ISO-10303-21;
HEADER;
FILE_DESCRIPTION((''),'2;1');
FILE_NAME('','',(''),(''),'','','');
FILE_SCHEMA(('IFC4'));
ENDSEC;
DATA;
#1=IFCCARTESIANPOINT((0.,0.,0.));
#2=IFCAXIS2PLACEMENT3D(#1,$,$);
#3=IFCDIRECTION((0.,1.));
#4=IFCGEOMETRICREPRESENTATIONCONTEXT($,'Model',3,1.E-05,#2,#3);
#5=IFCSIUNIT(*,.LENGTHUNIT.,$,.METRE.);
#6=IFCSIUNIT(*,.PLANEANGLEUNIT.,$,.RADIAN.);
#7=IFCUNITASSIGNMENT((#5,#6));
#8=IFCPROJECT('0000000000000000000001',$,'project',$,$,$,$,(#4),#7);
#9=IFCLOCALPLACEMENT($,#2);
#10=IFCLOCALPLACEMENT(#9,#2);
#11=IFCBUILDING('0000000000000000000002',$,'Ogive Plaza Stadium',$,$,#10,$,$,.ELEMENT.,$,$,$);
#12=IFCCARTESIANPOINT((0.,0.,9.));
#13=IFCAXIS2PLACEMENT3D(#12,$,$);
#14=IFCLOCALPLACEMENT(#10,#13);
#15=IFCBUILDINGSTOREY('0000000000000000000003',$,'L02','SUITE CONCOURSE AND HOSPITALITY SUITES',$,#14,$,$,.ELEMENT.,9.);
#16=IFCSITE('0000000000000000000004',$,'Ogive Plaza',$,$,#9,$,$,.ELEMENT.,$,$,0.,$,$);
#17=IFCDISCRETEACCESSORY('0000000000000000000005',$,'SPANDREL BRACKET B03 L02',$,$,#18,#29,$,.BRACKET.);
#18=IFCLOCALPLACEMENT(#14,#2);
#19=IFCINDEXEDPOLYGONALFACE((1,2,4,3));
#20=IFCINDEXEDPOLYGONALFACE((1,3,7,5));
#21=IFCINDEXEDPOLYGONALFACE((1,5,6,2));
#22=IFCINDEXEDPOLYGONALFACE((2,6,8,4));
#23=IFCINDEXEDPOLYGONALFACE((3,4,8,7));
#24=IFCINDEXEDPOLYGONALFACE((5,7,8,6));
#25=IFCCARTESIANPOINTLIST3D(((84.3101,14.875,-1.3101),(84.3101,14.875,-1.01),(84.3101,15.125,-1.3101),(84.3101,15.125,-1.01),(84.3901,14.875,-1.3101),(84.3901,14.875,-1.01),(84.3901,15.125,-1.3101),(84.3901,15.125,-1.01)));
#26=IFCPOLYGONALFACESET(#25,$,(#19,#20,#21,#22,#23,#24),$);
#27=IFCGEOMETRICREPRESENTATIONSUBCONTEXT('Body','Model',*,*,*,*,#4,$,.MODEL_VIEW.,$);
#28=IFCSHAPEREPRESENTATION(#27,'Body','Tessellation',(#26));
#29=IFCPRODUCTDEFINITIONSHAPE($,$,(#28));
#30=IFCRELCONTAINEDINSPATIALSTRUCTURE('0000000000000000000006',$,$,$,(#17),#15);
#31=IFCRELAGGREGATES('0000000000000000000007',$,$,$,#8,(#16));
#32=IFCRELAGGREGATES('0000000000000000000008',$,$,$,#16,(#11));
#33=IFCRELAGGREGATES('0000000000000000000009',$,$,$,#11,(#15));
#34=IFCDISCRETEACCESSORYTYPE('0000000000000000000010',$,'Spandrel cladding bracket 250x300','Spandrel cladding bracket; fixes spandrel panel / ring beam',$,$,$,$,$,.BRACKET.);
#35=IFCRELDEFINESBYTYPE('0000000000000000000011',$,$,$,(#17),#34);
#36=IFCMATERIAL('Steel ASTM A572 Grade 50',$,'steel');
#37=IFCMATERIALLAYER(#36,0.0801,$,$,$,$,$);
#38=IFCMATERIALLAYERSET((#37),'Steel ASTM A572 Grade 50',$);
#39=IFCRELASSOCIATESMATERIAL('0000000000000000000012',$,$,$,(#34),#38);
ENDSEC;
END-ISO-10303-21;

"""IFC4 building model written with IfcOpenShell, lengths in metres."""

from ifc_helpers import new_model, si_unit, direction, frame, origin, origin_2d, place, context, subcontext, project, spatial, rectangle, extrude, material, layer, layer_set, type_object, element, save


model = new_model("IFC4")

# Units and contexts
model_context = context("Model", 3, precision=1e-05, world=origin(), true_north=direction((0.0, 1.0)))
body_context = subcontext(model_context, "Body", "Model", "MODEL_VIEW")
ifc_project = project(units=[si_unit("LENGTHUNIT", "METRE"), si_unit("PLANEANGLEUNIT", "RADIAN")], contexts=[model_context])

# Site, building, storey
site_placement = place(None, origin())
site = spatial("IfcSite", under=ifc_project, at=site_placement, Name="Ogive Plaza", CompositionType="ELEMENT", RefElevation=0.0)
building_placement = place(site_placement, origin())
building = spatial("IfcBuilding", under=site, at=building_placement, Name="Ogive Plaza Stadium", CompositionType="ELEMENT")
storey_placement = place(building_placement, frame((0.0, 0.0, 9.0)))
storey = spatial("IfcBuildingStorey", under=building, at=storey_placement, Name="L02", Description="SUITE CONCOURSE AND HOSPITALITY SUITES", CompositionType="ELEMENT", Elevation=9.0)

# Discrete accessory
ifc_material_1 = material(Name="Steel ASTM A572 Grade 50", Category="steel")
ifc_layer_1 = layer(ifc_material_1, 0.0801)
ifc_layer_set_1 = layer_set([ifc_layer_1], Name="Steel ASTM A572 Grade 50")
discrete_accessory_type = type_object("IfcDiscreteAccessoryType", Name="Spandrel cladding bracket 250x300", Description="Spandrel cladding bracket; fixes spandrel panel / ring beam", PredefinedType="BRACKET", material=ifc_layer_set_1)
discrete_accessory_placement = place(storey_placement, frame((84.3501, 15.0, -1.3101), z_axis=(0.0, 0.0, 1.0), x_axis=(0.0, -1.0, 0.0)))
element("IfcDiscreteAccessory", 1, at=discrete_accessory_placement, inside=storey, type_object=discrete_accessory_type, Name="SPANDREL BRACKET B03 L02", PredefinedType="BRACKET", context=body_context, shape_type="SweptSolid", body=[
    extrude(rectangle(XDim=0.25, YDim=0.0801, at=origin_2d()), origin(), (0.0, 0.0, 1.0), 0.3),
])

save(model, "model.ifc")
